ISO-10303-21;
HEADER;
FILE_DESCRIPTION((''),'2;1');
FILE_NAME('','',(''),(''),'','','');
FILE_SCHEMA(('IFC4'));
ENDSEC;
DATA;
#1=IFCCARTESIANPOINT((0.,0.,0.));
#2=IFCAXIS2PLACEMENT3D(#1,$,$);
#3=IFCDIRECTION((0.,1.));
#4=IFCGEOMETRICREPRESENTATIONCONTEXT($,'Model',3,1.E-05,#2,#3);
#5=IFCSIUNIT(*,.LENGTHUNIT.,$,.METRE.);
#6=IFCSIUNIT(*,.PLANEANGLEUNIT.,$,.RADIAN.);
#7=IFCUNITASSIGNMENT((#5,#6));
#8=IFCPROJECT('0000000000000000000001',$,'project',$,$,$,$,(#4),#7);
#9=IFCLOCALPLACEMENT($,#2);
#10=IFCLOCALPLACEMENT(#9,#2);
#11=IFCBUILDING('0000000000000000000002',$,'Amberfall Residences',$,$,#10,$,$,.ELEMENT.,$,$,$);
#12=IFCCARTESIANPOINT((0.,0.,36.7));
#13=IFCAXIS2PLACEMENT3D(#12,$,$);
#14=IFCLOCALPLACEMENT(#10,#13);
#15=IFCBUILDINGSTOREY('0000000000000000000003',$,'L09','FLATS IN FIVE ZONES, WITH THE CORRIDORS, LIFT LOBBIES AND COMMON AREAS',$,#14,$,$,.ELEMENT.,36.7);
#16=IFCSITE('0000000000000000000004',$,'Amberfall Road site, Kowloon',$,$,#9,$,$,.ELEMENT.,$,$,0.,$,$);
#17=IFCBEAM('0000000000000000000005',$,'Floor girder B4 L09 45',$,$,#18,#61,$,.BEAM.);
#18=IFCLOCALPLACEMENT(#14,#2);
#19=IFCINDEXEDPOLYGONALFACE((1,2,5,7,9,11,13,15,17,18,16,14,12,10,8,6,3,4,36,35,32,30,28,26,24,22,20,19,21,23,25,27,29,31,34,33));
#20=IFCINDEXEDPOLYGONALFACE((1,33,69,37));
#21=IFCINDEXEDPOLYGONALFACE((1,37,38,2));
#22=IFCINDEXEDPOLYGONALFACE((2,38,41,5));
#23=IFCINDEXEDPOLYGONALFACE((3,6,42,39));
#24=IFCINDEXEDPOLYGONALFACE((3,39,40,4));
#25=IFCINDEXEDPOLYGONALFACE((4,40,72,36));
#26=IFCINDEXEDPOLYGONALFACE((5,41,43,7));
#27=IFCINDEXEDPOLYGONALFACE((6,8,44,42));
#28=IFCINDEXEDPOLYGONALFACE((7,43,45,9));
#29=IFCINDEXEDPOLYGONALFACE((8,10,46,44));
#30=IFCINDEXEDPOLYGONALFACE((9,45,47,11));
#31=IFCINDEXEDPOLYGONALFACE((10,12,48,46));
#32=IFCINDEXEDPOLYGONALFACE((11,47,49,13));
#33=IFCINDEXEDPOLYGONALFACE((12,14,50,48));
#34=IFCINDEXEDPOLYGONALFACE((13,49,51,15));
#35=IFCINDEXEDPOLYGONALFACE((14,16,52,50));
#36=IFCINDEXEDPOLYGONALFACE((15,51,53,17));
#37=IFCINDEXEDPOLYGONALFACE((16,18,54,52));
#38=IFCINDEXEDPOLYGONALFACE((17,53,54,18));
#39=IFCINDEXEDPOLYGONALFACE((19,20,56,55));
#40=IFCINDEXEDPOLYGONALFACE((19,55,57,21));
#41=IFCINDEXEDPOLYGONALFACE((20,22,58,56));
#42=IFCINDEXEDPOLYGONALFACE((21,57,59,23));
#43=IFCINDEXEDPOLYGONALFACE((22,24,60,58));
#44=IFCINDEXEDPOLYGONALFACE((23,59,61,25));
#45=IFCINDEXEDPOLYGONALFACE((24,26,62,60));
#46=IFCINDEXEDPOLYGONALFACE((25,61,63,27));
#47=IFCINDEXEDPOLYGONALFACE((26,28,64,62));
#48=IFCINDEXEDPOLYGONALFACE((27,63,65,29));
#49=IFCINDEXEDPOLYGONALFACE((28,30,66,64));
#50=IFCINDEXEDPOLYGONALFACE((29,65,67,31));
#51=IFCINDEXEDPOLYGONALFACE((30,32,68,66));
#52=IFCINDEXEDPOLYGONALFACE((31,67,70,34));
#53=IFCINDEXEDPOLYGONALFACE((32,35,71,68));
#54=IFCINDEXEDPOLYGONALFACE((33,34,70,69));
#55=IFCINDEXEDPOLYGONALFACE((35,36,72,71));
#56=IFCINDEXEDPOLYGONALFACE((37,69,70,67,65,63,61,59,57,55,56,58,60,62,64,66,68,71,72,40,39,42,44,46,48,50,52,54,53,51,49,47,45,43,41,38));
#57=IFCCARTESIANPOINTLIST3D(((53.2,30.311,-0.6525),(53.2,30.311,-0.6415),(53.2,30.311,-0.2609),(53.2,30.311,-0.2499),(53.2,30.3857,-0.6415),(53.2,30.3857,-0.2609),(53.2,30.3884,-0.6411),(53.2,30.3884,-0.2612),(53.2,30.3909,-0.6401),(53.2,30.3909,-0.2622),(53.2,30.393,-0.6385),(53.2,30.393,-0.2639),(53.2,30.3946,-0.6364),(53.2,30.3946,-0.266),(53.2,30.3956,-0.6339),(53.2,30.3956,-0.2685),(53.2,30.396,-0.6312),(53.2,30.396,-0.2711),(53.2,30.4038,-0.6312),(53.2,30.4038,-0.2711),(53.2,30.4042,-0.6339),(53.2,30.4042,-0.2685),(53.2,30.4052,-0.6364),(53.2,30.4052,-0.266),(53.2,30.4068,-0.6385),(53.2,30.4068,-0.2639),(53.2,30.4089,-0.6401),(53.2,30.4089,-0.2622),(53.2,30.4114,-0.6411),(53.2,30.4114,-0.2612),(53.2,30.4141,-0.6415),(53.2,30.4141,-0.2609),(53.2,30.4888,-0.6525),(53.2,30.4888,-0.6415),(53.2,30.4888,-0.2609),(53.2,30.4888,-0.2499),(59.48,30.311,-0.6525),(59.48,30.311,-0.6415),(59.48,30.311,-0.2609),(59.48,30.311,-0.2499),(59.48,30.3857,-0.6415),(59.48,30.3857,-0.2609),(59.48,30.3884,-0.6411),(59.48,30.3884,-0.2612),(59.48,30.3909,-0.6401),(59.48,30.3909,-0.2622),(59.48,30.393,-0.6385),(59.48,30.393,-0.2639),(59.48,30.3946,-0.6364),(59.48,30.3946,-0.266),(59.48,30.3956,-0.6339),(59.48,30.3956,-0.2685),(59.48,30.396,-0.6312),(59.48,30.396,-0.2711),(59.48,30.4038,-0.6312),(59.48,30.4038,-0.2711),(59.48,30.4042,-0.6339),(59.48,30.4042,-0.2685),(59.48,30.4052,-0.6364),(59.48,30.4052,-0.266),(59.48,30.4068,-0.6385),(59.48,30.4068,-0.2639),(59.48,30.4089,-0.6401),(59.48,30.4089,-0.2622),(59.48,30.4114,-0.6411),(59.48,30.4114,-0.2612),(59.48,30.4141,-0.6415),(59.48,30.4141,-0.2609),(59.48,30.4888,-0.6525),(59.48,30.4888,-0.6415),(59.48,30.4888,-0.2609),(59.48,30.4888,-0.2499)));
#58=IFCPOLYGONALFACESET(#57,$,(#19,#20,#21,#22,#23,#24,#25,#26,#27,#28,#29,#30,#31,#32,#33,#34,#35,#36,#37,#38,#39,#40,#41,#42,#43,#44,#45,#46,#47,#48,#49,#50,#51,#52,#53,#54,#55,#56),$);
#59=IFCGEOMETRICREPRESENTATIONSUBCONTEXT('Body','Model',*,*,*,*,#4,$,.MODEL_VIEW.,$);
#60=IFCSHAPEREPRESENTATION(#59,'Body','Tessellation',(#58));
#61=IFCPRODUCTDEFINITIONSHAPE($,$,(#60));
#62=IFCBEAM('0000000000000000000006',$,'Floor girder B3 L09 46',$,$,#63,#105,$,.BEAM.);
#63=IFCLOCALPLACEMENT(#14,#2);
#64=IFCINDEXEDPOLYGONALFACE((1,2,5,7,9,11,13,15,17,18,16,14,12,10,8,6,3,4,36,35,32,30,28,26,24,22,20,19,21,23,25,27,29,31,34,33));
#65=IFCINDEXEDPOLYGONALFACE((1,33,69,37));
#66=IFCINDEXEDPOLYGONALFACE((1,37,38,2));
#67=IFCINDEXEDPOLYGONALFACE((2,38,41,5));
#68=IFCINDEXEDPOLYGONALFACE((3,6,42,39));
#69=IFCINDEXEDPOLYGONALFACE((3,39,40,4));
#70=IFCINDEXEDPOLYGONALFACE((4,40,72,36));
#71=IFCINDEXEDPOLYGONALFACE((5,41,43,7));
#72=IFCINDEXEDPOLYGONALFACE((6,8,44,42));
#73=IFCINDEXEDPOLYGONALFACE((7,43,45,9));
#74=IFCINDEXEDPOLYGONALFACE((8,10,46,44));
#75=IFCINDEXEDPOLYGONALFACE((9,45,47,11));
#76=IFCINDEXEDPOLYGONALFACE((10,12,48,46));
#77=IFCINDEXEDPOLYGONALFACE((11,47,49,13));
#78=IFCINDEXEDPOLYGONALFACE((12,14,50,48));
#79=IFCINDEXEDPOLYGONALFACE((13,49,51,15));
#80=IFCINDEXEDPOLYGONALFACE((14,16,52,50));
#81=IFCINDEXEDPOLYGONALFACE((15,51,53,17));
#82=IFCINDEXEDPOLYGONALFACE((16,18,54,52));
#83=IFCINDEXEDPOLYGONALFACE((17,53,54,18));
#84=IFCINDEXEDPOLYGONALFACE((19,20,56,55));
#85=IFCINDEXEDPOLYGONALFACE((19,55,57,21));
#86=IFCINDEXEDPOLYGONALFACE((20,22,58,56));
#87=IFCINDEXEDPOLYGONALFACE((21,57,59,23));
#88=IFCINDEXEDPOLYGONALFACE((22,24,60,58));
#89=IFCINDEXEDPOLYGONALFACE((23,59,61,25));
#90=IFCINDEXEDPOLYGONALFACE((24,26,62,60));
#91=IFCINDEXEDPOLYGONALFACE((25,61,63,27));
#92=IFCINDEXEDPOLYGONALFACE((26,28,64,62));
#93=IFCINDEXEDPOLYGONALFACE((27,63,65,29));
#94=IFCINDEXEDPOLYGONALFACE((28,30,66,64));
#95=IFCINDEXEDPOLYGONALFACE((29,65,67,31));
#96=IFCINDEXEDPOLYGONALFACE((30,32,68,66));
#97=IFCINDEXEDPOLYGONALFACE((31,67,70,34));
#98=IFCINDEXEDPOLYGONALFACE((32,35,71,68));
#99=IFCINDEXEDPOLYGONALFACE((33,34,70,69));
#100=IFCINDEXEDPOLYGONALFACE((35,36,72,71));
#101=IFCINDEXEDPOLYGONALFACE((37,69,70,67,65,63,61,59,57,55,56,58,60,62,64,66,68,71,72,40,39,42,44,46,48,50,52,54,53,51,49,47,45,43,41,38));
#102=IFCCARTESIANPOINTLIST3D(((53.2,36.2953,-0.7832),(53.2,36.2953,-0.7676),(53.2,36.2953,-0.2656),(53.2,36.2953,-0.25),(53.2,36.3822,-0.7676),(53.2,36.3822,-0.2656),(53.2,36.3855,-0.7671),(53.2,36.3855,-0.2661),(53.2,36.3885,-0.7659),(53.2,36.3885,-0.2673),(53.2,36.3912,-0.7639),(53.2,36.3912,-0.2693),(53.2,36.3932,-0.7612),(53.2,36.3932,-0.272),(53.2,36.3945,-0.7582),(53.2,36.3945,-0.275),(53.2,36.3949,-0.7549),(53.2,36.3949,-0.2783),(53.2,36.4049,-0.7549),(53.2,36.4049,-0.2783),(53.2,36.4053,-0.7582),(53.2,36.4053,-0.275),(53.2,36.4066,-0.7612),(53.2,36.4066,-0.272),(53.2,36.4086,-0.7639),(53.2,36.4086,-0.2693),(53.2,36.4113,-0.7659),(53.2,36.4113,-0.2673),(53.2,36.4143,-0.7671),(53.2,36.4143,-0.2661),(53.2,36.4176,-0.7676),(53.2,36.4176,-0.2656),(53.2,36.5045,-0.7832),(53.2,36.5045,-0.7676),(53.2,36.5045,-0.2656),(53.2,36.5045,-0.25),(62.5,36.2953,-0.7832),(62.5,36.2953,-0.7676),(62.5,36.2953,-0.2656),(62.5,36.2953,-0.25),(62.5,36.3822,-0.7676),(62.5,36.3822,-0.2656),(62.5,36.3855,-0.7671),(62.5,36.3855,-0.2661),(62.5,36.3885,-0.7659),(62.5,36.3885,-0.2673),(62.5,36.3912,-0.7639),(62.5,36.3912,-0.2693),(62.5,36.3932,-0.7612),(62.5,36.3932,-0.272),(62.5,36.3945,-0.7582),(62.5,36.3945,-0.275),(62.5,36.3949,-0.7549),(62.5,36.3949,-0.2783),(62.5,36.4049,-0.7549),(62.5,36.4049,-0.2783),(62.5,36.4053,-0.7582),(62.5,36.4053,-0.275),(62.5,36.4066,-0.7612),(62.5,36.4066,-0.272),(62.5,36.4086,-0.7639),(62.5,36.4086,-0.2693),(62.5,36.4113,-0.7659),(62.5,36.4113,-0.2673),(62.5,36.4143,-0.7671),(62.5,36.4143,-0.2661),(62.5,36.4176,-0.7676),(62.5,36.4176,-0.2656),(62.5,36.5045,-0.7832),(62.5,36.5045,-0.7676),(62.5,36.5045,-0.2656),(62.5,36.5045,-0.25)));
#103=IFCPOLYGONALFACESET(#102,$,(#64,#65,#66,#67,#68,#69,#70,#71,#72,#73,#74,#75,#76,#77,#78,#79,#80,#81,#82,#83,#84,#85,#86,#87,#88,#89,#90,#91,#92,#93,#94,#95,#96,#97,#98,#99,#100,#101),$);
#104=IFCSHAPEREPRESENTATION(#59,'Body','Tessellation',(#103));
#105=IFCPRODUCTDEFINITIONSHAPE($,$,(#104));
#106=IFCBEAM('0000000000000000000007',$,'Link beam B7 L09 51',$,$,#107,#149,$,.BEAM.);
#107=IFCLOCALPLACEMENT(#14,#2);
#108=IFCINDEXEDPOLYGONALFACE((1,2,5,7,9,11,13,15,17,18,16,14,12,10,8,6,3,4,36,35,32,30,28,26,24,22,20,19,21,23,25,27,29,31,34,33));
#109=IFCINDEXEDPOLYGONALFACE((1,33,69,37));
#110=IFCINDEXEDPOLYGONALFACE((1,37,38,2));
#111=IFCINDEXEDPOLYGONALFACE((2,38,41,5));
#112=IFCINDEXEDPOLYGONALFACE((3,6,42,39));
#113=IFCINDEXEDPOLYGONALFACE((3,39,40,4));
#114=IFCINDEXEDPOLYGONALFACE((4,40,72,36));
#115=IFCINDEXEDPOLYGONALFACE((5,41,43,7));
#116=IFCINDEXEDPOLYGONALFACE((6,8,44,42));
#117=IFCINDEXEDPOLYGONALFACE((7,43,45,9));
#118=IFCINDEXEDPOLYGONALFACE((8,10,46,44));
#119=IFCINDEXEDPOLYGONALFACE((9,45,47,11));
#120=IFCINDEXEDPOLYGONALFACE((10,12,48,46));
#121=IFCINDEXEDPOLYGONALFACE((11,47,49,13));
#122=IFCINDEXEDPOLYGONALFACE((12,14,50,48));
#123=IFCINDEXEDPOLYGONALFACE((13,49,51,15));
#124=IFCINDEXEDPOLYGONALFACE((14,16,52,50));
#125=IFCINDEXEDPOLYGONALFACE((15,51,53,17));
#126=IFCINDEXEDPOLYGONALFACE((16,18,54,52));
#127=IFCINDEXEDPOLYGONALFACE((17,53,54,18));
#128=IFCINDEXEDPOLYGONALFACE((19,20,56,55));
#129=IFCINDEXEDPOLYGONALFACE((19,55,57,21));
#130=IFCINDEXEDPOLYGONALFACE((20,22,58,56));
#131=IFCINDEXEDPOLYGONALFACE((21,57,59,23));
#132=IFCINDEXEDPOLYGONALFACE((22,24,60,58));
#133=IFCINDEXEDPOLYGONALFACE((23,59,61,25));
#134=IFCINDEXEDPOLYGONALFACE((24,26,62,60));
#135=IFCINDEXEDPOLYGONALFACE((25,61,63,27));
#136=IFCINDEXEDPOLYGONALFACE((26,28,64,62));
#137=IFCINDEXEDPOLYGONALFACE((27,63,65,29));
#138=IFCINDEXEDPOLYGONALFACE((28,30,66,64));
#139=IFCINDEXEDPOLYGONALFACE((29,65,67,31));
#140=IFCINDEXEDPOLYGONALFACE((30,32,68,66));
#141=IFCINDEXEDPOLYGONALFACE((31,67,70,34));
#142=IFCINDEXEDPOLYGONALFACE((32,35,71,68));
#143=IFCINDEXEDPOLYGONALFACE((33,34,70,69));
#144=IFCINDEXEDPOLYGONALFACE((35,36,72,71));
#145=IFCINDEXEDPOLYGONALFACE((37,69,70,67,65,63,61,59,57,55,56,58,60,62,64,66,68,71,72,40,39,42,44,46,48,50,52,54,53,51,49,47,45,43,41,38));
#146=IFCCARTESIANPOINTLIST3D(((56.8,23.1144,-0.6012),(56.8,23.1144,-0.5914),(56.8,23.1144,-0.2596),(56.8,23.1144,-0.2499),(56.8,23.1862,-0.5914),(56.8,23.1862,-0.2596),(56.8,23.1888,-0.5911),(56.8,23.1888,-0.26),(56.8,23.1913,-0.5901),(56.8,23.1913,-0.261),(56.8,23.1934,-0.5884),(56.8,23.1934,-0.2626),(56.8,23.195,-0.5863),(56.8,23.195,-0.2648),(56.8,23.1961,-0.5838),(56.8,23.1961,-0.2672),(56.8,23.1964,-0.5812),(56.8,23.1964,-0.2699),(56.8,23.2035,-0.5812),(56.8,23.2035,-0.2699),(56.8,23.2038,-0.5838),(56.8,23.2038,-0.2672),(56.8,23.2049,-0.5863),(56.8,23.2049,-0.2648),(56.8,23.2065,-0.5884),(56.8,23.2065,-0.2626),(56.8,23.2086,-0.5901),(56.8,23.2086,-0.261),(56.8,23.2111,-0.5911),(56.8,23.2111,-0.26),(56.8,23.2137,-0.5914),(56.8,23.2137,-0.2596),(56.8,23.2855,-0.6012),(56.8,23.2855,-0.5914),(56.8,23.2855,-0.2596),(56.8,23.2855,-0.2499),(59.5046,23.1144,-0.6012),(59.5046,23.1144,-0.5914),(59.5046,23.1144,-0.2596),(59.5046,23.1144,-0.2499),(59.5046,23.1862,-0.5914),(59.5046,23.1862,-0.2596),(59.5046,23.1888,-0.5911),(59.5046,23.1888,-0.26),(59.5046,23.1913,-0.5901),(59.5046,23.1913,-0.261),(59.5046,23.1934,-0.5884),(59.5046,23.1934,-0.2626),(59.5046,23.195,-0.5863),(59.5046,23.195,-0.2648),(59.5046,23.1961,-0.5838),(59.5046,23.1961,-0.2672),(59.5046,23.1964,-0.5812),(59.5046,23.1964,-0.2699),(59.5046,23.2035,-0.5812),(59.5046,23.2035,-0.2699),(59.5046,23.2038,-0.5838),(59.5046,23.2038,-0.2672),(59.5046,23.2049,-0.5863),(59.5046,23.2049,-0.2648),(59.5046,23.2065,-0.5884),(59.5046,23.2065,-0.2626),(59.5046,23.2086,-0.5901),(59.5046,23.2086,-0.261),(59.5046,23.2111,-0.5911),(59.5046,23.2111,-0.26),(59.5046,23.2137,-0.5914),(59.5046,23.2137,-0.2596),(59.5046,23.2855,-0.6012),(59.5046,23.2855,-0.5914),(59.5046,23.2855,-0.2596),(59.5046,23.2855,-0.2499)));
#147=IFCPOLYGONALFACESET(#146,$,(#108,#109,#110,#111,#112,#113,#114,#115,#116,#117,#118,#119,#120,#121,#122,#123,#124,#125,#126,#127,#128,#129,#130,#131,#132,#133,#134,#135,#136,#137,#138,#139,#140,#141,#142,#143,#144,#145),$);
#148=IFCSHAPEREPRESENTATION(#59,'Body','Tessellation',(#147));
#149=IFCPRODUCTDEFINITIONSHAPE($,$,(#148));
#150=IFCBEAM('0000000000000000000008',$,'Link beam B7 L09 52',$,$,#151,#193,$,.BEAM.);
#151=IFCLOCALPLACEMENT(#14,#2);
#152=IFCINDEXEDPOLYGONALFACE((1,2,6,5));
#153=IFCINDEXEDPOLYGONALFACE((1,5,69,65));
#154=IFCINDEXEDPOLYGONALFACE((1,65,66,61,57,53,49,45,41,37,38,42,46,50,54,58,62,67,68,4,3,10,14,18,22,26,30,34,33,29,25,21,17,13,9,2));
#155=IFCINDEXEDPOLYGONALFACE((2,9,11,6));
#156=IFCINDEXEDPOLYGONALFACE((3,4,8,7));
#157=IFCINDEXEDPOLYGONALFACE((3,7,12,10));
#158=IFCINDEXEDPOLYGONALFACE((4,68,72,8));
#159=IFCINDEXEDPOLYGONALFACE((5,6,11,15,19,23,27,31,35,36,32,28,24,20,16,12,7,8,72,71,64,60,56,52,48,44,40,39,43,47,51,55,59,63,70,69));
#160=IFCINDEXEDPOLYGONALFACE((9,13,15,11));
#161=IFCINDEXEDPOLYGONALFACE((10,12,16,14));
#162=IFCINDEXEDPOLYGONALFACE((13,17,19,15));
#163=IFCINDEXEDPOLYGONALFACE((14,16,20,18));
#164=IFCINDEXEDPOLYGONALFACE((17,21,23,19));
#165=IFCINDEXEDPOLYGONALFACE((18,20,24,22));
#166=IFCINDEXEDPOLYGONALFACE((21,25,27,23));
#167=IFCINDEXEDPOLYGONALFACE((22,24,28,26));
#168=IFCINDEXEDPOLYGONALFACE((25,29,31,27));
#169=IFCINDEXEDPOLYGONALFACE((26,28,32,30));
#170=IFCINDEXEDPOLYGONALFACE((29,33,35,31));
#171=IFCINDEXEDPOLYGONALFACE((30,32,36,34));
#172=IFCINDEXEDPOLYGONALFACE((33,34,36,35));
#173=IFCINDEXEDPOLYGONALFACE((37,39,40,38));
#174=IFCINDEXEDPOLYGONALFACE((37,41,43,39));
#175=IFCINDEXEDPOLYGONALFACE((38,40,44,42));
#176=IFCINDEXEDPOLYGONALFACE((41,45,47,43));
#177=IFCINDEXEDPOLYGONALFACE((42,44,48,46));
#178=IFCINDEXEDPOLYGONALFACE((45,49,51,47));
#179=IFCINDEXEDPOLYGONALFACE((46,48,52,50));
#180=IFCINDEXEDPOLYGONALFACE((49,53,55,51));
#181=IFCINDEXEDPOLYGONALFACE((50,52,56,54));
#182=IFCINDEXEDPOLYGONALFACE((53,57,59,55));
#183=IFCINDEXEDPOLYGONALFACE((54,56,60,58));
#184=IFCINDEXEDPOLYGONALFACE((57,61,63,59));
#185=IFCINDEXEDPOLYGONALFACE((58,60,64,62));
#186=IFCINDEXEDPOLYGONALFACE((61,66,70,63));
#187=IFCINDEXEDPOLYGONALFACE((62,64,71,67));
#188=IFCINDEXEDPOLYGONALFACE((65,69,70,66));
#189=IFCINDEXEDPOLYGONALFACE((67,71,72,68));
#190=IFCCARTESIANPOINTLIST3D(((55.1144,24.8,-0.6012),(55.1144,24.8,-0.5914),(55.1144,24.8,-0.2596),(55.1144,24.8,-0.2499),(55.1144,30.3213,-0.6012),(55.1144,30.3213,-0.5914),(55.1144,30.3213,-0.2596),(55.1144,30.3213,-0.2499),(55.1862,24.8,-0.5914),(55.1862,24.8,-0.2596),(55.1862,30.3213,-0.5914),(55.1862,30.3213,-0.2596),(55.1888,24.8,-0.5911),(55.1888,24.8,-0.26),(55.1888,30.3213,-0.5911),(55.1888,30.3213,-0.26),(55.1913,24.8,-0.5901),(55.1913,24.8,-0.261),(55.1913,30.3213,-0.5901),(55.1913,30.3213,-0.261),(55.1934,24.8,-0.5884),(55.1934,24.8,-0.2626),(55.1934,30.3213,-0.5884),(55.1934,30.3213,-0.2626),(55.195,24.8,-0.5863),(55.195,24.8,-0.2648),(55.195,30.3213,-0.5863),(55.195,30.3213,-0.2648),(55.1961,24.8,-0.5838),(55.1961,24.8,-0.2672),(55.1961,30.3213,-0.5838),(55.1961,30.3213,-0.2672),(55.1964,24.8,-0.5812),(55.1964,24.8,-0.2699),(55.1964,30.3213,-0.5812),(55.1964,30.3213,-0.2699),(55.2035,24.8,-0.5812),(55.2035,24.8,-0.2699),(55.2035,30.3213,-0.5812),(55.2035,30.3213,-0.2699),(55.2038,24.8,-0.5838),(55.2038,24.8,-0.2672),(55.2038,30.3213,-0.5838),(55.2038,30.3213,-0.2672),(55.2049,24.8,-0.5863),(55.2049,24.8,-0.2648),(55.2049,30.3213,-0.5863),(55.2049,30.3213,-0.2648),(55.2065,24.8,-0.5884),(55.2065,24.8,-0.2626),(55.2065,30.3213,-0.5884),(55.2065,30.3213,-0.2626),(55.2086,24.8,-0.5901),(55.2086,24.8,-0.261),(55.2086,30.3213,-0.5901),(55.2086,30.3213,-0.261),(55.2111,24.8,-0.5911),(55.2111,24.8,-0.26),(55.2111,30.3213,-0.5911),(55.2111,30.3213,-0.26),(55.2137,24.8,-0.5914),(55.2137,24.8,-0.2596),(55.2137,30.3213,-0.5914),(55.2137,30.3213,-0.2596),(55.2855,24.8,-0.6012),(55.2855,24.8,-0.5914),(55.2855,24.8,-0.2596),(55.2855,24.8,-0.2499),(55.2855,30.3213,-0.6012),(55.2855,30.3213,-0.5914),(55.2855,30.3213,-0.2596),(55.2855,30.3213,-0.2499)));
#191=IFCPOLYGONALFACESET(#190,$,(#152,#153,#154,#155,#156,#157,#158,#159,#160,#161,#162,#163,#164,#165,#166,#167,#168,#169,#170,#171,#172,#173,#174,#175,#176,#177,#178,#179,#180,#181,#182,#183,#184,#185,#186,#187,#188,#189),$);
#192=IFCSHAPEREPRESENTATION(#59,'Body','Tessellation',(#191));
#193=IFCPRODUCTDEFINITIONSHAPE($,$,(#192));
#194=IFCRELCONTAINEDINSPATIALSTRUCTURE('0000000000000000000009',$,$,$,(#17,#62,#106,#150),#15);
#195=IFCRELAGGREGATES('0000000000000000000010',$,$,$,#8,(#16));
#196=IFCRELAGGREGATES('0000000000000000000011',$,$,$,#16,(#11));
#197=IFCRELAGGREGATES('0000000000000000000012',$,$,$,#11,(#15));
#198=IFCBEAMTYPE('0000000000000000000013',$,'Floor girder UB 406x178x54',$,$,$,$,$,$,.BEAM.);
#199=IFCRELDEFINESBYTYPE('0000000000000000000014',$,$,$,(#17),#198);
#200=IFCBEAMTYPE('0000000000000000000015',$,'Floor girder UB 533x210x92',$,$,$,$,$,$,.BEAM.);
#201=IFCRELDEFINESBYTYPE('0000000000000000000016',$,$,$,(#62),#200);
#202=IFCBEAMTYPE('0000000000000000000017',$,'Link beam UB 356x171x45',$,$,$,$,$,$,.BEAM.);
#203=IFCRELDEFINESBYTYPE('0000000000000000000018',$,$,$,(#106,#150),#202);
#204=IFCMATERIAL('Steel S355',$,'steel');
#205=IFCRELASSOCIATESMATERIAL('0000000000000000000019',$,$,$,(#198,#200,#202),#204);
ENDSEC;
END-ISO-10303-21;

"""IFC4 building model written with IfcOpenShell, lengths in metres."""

from ifc_helpers import new_model, si_unit, direction, frame, origin, origin_2d, place, context, subcontext, project, spatial, i_section, extrude, material, material_profile, profile_set, type_object, element, save


model = new_model("IFC4")

# Units and contexts
model_context = context("Model", 3, precision=1e-05, world=origin(), true_north=direction((0.0, 1.0)))
body_context = subcontext(model_context, "Body", "Model", "MODEL_VIEW")
ifc_project = project(units=[si_unit("LENGTHUNIT", "METRE"), si_unit("PLANEANGLEUNIT", "RADIAN")], contexts=[model_context])

# Site, building, storey
site_placement = place(None, origin())
site = spatial("IfcSite", under=ifc_project, at=site_placement, Name="Amberfall Road site, Kowloon", CompositionType="ELEMENT", RefElevation=0.0)
building_placement = place(site_placement, origin())
building = spatial("IfcBuilding", under=site, at=building_placement, Name="Amberfall Residences", CompositionType="ELEMENT")
storey_placement = place(building_placement, frame((0.0, 0.0, 36.7)))
storey = spatial("IfcBuildingStorey", under=building, at=storey_placement, Name="L09", Description="FLATS IN FIVE ZONES, WITH THE CORRIDORS, LIFT LOBBIES AND COMMON AREAS", CompositionType="ELEMENT", Elevation=36.7)

# Beams
ifc_material_1 = material(Name="Steel S355", Category="steel")
ifc_material_profile_1 = material_profile(ifc_material_1, i_section(OverallWidth=0.1777, OverallDepth=0.4026, WebThickness=0.0078, FlangeThickness=0.011, FilletRadius=0.0103, at=origin_2d()), Name="UB 406x178x54")
ifc_profile_set_1 = profile_set([ifc_material_profile_1], Name="Steel S355")
beam_type_1 = type_object("IfcBeamType", Name="Floor girder UB 406x178x54", PredefinedType="BEAM", material=ifc_profile_set_1)
beam_1_placement = place(storey_placement, frame((53.2, 30.3999, -0.4512), z_axis=(1.0, 0.0, 0.0), x_axis=(0.0, 1.0, 0.0)))
element("IfcBeam", 1, at=beam_1_placement, inside=storey, type_object=beam_type_1, Name="Floor girder B4 L09 45", PredefinedType="BEAM", context=body_context, shape_type="SweptSolid", body=[
    extrude(i_section(OverallWidth=0.1777, OverallDepth=0.4026, WebThickness=0.0078, FlangeThickness=0.011, FilletRadius=0.0103, at=origin_2d()), origin(), (0.0, 0.0, 1.0), 6.28),
])
ifc_material_profile_2 = material_profile(ifc_material_1, i_section(OverallWidth=0.2092, OverallDepth=0.5332, WebThickness=0.01, FlangeThickness=0.0156, FilletRadius=0.0127, at=origin_2d()), Name="UB 533x210x92")
ifc_profile_set_2 = profile_set([ifc_material_profile_2], Name="Steel S355")
beam_type_2 = type_object("IfcBeamType", Name="Floor girder UB 533x210x92", PredefinedType="BEAM", material=ifc_profile_set_2)
beam_2_placement = place(storey_placement, frame((53.2, 36.3999, -0.5166), z_axis=(1.0, 0.0, 0.0), x_axis=(0.0, 1.0, 0.0)))
element("IfcBeam", 2, at=beam_2_placement, inside=storey, type_object=beam_type_2, Name="Floor girder B3 L09 46", PredefinedType="BEAM", context=body_context, shape_type="SweptSolid", body=[
    extrude(i_section(OverallWidth=0.2092, OverallDepth=0.5332, WebThickness=0.01, FlangeThickness=0.0156, FilletRadius=0.0127, at=origin_2d()), origin(), (0.0, 0.0, 1.0), 9.3),
])
ifc_material_profile_3 = material_profile(ifc_material_1, i_section(OverallWidth=0.1711, OverallDepth=0.3513, WebThickness=0.0071, FlangeThickness=0.0098, FilletRadius=0.0103, at=origin_2d()), Name="UB 356x171x45")
ifc_profile_set_3 = profile_set([ifc_material_profile_3], Name="Steel S355")
beam_type_3 = type_object("IfcBeamType", Name="Link beam UB 356x171x45", PredefinedType="BEAM", material=ifc_profile_set_3)
beam_3_placement = place(storey_placement, frame((56.8, 23.2, -0.4255), z_axis=(1.0, 0.0, 0.0), x_axis=(0.0, 1.0, 0.0)))
element("IfcBeam", 3, at=beam_3_placement, inside=storey, type_object=beam_type_3, Name="Link beam B7 L09 51", PredefinedType="BEAM", context=body_context, shape_type="SweptSolid", body=[
    extrude(i_section(OverallWidth=0.1711, OverallDepth=0.3513, WebThickness=0.0071, FlangeThickness=0.0098, FilletRadius=0.0103, at=origin_2d()), origin(), (0.0, 0.0, 1.0), 2.7046),
])
beam_4_placement = place(storey_placement, frame((55.2, 24.8, -0.4255), z_axis=(0.0, 1.0, 0.0), x_axis=(-1.0, 0.0, 0.0)))
element("IfcBeam", 4, at=beam_4_placement, inside=storey, type_object=beam_type_3, Name="Link beam B7 L09 52", PredefinedType="BEAM", context=body_context, shape_type="SweptSolid", body=[
    extrude(i_section(OverallWidth=0.1711, OverallDepth=0.3513, WebThickness=0.0071, FlangeThickness=0.0098, FilletRadius=0.0103, at=origin_2d()), origin(), (0.0, 0.0, 1.0), 5.5212),
])

save(model, "model.ifc")
